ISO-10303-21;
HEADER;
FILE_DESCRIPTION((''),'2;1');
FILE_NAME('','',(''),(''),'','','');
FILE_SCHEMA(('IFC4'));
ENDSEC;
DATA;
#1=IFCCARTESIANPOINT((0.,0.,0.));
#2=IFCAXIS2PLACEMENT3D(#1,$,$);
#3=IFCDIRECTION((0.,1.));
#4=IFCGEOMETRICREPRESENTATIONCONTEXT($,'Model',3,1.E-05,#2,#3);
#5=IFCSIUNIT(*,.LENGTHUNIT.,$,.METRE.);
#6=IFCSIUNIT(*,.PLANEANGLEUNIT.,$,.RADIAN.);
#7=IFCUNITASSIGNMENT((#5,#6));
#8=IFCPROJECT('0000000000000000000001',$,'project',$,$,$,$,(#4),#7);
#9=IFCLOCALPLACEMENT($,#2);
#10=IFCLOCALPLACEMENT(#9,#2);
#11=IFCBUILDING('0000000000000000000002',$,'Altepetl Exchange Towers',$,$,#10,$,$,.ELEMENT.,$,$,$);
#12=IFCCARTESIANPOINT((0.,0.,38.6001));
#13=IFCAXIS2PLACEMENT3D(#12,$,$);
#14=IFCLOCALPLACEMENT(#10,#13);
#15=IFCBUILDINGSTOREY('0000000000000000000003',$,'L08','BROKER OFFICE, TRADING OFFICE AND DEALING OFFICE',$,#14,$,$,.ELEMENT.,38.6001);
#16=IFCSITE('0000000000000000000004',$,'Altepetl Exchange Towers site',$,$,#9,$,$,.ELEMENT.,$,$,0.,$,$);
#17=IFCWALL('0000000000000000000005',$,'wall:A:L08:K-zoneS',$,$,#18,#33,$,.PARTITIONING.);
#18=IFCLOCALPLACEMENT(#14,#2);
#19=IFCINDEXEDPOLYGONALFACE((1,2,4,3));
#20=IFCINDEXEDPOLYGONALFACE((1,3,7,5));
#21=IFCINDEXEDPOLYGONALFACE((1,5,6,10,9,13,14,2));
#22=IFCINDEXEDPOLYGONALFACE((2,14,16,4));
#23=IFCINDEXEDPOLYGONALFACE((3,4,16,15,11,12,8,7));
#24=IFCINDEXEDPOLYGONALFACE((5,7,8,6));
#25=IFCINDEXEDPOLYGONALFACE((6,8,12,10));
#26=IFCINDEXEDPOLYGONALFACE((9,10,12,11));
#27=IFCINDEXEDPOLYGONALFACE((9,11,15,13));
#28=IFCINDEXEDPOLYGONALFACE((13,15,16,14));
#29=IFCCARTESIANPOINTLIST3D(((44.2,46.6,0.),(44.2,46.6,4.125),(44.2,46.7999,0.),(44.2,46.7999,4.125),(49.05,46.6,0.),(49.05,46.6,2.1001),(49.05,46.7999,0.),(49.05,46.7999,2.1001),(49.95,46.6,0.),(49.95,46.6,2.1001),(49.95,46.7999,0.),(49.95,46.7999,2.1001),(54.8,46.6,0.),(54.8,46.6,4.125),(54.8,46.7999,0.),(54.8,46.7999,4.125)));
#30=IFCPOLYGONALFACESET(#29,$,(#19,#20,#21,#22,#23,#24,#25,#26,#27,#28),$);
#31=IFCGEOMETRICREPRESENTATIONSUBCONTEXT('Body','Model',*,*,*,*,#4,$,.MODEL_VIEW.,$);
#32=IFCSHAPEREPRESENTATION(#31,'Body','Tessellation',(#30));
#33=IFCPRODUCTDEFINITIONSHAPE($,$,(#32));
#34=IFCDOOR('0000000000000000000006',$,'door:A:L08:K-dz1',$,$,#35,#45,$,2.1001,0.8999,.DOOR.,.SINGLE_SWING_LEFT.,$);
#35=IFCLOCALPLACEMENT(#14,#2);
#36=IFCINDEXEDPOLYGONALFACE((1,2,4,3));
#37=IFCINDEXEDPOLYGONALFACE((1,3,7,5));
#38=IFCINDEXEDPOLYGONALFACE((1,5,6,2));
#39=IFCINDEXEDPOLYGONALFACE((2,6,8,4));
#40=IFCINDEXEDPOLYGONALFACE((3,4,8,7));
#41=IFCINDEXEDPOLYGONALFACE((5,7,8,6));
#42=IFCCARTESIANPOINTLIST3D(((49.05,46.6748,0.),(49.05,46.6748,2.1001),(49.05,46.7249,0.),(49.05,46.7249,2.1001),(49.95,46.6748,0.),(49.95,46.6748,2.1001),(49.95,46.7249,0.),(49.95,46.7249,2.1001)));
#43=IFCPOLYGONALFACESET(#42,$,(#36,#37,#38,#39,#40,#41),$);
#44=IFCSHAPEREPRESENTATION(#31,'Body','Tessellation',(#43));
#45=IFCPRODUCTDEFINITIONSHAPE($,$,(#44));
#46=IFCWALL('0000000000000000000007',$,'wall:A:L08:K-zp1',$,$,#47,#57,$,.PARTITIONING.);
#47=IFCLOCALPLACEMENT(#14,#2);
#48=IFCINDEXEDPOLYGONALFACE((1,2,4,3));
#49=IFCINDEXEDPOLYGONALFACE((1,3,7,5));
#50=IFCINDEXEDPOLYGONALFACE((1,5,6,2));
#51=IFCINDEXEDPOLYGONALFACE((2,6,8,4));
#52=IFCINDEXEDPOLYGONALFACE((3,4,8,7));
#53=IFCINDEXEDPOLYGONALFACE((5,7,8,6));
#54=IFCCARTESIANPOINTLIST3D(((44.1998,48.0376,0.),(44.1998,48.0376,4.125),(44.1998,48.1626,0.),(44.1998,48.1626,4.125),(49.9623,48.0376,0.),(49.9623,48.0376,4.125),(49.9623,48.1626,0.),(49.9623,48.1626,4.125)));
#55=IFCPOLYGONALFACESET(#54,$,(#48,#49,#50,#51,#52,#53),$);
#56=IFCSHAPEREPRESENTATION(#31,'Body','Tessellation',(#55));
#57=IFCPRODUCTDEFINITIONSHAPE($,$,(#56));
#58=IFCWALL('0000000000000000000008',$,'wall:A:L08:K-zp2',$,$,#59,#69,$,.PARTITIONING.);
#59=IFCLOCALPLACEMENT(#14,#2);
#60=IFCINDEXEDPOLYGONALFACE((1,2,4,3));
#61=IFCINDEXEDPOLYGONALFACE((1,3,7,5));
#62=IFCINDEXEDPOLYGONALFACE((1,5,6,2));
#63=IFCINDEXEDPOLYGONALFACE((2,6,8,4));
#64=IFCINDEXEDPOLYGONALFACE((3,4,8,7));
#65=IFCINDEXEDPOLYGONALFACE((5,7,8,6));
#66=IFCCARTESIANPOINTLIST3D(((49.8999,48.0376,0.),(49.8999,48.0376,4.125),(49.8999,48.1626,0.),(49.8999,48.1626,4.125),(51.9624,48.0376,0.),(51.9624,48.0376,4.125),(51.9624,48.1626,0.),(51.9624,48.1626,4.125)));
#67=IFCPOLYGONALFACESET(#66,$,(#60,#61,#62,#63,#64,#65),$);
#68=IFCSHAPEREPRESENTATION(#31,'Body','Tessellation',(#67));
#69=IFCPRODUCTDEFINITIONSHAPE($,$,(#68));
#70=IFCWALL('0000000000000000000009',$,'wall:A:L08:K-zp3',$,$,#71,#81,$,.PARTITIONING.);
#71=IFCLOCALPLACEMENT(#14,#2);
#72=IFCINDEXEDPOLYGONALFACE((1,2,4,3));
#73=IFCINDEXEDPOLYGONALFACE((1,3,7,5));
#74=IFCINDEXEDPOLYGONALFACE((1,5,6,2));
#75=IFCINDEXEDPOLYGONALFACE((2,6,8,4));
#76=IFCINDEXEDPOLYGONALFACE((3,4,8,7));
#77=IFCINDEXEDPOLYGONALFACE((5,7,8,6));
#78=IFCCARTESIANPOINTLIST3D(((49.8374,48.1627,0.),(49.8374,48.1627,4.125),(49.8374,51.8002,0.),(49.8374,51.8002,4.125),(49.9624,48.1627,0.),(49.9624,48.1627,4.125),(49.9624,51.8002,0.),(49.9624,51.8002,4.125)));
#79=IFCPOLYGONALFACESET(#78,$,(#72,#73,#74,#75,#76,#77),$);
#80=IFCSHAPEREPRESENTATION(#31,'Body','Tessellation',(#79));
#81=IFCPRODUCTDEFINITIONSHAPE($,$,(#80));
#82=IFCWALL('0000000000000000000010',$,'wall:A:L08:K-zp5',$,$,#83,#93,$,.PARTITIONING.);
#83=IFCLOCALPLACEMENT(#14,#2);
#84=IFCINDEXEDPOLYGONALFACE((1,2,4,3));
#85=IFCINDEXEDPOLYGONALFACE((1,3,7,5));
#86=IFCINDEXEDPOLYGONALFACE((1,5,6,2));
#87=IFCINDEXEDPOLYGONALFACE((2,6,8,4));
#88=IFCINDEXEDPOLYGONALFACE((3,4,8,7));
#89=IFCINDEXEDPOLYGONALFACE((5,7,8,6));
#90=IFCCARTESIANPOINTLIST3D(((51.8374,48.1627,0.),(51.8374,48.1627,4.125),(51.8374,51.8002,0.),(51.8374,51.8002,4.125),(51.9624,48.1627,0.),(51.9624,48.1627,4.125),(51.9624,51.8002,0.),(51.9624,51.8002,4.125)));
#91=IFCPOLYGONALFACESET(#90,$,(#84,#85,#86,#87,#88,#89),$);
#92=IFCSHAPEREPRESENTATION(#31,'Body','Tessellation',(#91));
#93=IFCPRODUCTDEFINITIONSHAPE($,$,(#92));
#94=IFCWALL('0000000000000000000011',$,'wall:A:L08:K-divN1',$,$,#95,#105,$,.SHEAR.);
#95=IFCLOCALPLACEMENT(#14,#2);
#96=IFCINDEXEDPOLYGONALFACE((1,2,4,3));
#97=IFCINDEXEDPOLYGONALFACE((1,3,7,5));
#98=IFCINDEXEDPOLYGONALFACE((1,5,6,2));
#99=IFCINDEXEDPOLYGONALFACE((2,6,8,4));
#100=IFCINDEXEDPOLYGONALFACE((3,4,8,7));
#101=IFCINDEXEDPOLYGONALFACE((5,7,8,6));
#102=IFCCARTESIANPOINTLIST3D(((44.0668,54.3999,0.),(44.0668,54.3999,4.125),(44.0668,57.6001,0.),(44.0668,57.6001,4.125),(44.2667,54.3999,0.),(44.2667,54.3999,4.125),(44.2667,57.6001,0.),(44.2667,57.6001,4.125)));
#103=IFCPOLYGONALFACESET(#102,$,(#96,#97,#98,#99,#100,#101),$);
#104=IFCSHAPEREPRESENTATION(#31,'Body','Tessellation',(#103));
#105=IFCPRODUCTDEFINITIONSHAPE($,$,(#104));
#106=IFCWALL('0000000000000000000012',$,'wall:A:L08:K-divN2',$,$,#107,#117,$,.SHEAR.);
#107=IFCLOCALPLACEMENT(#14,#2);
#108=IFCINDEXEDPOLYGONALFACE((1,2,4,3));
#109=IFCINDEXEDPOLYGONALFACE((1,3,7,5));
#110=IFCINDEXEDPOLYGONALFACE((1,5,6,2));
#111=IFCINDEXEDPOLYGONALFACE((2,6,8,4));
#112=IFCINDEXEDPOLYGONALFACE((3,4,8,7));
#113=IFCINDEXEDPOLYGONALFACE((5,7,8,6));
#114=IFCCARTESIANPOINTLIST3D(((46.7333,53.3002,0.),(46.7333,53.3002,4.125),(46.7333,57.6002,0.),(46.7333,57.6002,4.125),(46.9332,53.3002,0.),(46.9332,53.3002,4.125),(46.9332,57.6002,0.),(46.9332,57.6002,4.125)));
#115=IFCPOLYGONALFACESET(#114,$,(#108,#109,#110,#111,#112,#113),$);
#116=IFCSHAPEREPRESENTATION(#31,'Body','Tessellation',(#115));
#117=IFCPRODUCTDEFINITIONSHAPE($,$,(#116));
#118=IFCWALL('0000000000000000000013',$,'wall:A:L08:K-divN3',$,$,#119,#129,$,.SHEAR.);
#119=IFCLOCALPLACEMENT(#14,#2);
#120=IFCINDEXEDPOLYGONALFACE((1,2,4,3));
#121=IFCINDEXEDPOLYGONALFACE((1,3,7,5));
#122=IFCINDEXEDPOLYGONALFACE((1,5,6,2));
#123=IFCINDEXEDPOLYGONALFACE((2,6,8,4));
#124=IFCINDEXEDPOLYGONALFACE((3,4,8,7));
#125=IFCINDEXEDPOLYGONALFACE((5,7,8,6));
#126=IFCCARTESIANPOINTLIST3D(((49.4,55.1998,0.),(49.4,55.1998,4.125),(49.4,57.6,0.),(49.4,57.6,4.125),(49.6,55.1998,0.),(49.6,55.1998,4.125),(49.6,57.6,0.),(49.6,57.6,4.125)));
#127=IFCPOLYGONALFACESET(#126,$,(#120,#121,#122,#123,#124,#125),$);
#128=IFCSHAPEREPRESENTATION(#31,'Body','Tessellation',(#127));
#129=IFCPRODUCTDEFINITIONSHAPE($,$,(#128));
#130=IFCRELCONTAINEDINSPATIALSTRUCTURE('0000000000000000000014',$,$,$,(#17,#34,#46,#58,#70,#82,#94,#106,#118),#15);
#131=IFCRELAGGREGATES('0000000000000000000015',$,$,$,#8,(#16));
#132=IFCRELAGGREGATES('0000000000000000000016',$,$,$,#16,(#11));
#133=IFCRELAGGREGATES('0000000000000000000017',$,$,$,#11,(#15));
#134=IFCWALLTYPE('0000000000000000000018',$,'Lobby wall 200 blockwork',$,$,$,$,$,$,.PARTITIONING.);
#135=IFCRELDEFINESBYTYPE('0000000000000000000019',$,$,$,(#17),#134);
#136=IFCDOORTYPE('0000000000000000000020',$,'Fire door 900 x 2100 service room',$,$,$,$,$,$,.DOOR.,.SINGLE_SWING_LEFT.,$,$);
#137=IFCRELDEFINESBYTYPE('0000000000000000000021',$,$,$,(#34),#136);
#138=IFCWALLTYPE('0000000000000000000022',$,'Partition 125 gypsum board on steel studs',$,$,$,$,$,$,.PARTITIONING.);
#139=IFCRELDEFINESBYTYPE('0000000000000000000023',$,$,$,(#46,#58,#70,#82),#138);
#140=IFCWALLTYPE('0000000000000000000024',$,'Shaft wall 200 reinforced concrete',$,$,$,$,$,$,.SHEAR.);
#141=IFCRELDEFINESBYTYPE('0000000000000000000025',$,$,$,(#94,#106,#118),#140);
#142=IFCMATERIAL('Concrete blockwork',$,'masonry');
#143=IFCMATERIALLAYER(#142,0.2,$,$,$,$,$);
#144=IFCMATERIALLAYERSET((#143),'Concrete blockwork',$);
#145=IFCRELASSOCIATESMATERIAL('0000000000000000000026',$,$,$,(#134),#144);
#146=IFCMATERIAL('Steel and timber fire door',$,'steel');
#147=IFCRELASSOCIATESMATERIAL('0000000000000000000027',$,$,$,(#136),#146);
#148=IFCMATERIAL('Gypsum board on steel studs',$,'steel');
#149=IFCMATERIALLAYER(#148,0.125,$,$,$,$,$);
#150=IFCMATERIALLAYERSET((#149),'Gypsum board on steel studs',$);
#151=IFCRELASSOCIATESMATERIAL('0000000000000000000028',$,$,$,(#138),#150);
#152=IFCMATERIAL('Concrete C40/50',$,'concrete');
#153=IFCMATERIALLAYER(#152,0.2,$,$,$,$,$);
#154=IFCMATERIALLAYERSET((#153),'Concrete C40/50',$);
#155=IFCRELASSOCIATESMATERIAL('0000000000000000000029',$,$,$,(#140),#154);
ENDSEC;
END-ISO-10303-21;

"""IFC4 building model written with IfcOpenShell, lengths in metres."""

from ifc_helpers import new_model, si_unit, direction, frame, frame_2d, origin, place, context, subcontext, project, spatial, rectangle, extrude, material, layer, layer_set, type_object, element, fill, save


model = new_model("IFC4")

# Units and contexts
model_context = context("Model", 3, precision=1e-05, world=origin(), true_north=direction((0.0, 1.0)))
body_context = subcontext(model_context, "Body", "Model", "MODEL_VIEW")
ifc_project = project(units=[si_unit("LENGTHUNIT", "METRE"), si_unit("PLANEANGLEUNIT", "RADIAN")], contexts=[model_context])

# Site, building, storey
site_placement = place(None, origin())
site = spatial("IfcSite", under=ifc_project, at=site_placement, Name="Altepetl Exchange Towers site", CompositionType="ELEMENT", RefElevation=0.0)
building_placement = place(site_placement, origin())
building = spatial("IfcBuilding", under=site, at=building_placement, Name="Altepetl Exchange Towers", CompositionType="ELEMENT")
storey_placement = place(building_placement, frame((0.0, 0.0, 38.6001)))
storey = spatial("IfcBuildingStorey", under=building, at=storey_placement, Name="L08", Description="BROKER OFFICE, TRADING OFFICE AND DEALING OFFICE", CompositionType="ELEMENT", Elevation=38.6001)

# Shared definitions
ifc_material_1 = material(Name="Concrete blockwork", Category="masonry")
ifc_layer_1 = layer(ifc_material_1, 0.2)
ifc_layer_set_1 = layer_set([ifc_layer_1], Name="Concrete blockwork")
wall_type_1 = type_object("IfcWallType", Name="Lobby wall 200 blockwork", PredefinedType="PARTITIONING", material=ifc_layer_set_1)

# Shared definitions
ifc_material_2 = material(Name="Steel and timber fire door", Category="steel")

# Shared definitions
door_type_1 = type_object("IfcDoorType", Name="Fire door 900 x 2100 service room", OperationType="SINGLE_SWING_LEFT", PredefinedType="DOOR", material=ifc_material_2)

# Wall, opening, door
wall_1_placement = place(storey_placement, frame((44.2, 46.7, 0.0)))
wall_1 = element("IfcWall", 1, at=wall_1_placement, inside=storey, type_object=wall_type_1, Name="wall:A:L08:K-zoneS", PredefinedType="PARTITIONING", context=body_context, shape_type="SweptSolid", body=[
    extrude(rectangle(XDim=10.6001, YDim=0.2, at=frame_2d((5.3, 0.0))), origin(), (0.0, 0.0, 1.0), 4.125),
])
opening_1_placement = place(wall_1_placement, frame((4.8501, 0.0, 0.0)))
opening_1 = element("IfcOpeningElement", 2, at=opening_1_placement, cuts=wall_1, PredefinedType="OPENING", context=body_context, shape_type="SweptSolid", body=[
    extrude(rectangle(XDim=0.8999, YDim=2.1001, at=frame_2d((0.45, 1.05))), frame((0.0, 0.1099, 0.0), z_axis=(0.0, -1.0, 0.0), x_axis=(1.0, 0.0, 0.0)), (0.0, 0.0, 1.0), 0.22),
])
door_1_placement = place(opening_1_placement, origin())
door_1 = element("IfcDoor", 3, at=door_1_placement, inside=storey, type_object=door_type_1, Name="door:A:L08:K-dz1", OperationType="SINGLE_SWING_LEFT", OverallHeight=2.1001, OverallWidth=0.8999, PredefinedType="DOOR", context=body_context, shape_type="SweptSolid", body=[
    extrude(rectangle(XDim=0.8999, YDim=2.1001, at=frame_2d((0.45, 1.05))), frame((0.0, 0.0249, 0.0), z_axis=(0.0, -1.0, 0.0), x_axis=(1.0, 0.0, 0.0)), (0.0, 0.0, 1.0), 0.05),
])
fill(opening_1, door_1)

# Walls
ifc_material_3 = material(Name="Gypsum board on steel studs", Category="steel")
ifc_layer_2 = layer(ifc_material_3, 0.125)
ifc_layer_set_2 = layer_set([ifc_layer_2], Name="Gypsum board on steel studs")
wall_type_2 = type_object("IfcWallType", Name="Partition 125 gypsum board on steel studs", PredefinedType="PARTITIONING", material=ifc_layer_set_2)
wall_2_placement = place(storey_placement, frame((49.9624, 48.1001, 0.0), z_axis=(0.0, 0.0, 1.0), x_axis=(-1.0, 0.0, 0.0)))
element("IfcWall", 4, at=wall_2_placement, inside=storey, type_object=wall_type_2, Name="wall:A:L08:K-zp1", PredefinedType="PARTITIONING", context=body_context, shape_type="SweptSolid", body=[
    extrude(rectangle(XDim=5.7625, YDim=0.125, at=frame_2d((2.8813, 0.0))), origin(), (0.0, 0.0, 1.0), 4.125),
])
wall_3_placement = place(storey_placement, frame((51.9624, 48.1001, 0.0), z_axis=(0.0, 0.0, 1.0), x_axis=(-1.0, 0.0, 0.0)))
element("IfcWall", 5, at=wall_3_placement, inside=storey, type_object=wall_type_2, Name="wall:A:L08:K-zp2", PredefinedType="PARTITIONING", context=body_context, shape_type="SweptSolid", body=[
    extrude(rectangle(XDim=2.0625, YDim=0.125, at=frame_2d((1.0312, 0.0))), origin(), (0.0, 0.0, 1.0), 4.125),
])
for number, where, z_axis, x_axis, name in (
    (6, (49.8999, 48.1626, 0.0), (0.0, 0.0, 1.0), (0.0, 1.0, 0.0), "wall:A:L08:K-zp3"),
    (7, (51.8999, 48.1626, 0.0), (0.0, 0.0, 1.0), (0.0, 1.0, 0.0), "wall:A:L08:K-zp5"),
):
    element("IfcWall", number, at=place(storey_placement, frame(where, z_axis=z_axis, x_axis=x_axis)), inside=storey, type_object=wall_type_2, Name=name, PredefinedType="PARTITIONING", context=body_context, shape_type="SweptSolid", body=[
        extrude(rectangle(XDim=3.6375, YDim=0.125, at=frame_2d((1.8188, 0.0))), origin(), (0.0, 0.0, 1.0), 4.125),
    ])
ifc_material_4 = material(Name="Concrete C40/50", Category="concrete")
ifc_layer_3 = layer(ifc_material_4, 0.2)
ifc_layer_set_3 = layer_set([ifc_layer_3], Name="Concrete C40/50")
wall_type_3 = type_object("IfcWallType", Name="Shaft wall 200 reinforced concrete", PredefinedType="SHEAR", material=ifc_layer_set_3)
wall_4_placement = place(storey_placement, frame((44.1667, 57.6001, 0.0), z_axis=(0.0, 0.0, 1.0), x_axis=(0.0, -1.0, 0.0)))
element("IfcWall", 8, at=wall_4_placement, inside=storey, type_object=wall_type_3, Name="wall:A:L08:K-divN1", PredefinedType="SHEAR", context=body_context, shape_type="SweptSolid", body=[
    extrude(rectangle(XDim=3.2002, YDim=0.2, at=frame_2d((1.6001, 0.0))), origin(), (0.0, 0.0, 1.0), 4.125),
])
wall_5_placement = place(storey_placement, frame((46.8333, 57.6001, 0.0), z_axis=(0.0, 0.0, 1.0), x_axis=(0.0, -1.0, 0.0)))
element("IfcWall", 9, at=wall_5_placement, inside=storey, type_object=wall_type_3, Name="wall:A:L08:K-divN2", PredefinedType="SHEAR", context=body_context, shape_type="SweptSolid", body=[
    extrude(rectangle(XDim=4.3, YDim=0.2, at=frame_2d((2.1499, 0.0))), origin(), (0.0, 0.0, 1.0), 4.125),
])
wall_6_placement = place(storey_placement, frame((49.5, 57.6001, 0.0), z_axis=(0.0, 0.0, 1.0), x_axis=(0.0, -1.0, 0.0)))
element("IfcWall", 10, at=wall_6_placement, inside=storey, type_object=wall_type_3, Name="wall:A:L08:K-divN3", PredefinedType="SHEAR", context=body_context, shape_type="SweptSolid", body=[
    extrude(rectangle(XDim=2.4001, YDim=0.2, at=frame_2d((1.2002, 0.0))), origin(), (0.0, 0.0, 1.0), 4.125),
])

save(model, "model.ifc")
